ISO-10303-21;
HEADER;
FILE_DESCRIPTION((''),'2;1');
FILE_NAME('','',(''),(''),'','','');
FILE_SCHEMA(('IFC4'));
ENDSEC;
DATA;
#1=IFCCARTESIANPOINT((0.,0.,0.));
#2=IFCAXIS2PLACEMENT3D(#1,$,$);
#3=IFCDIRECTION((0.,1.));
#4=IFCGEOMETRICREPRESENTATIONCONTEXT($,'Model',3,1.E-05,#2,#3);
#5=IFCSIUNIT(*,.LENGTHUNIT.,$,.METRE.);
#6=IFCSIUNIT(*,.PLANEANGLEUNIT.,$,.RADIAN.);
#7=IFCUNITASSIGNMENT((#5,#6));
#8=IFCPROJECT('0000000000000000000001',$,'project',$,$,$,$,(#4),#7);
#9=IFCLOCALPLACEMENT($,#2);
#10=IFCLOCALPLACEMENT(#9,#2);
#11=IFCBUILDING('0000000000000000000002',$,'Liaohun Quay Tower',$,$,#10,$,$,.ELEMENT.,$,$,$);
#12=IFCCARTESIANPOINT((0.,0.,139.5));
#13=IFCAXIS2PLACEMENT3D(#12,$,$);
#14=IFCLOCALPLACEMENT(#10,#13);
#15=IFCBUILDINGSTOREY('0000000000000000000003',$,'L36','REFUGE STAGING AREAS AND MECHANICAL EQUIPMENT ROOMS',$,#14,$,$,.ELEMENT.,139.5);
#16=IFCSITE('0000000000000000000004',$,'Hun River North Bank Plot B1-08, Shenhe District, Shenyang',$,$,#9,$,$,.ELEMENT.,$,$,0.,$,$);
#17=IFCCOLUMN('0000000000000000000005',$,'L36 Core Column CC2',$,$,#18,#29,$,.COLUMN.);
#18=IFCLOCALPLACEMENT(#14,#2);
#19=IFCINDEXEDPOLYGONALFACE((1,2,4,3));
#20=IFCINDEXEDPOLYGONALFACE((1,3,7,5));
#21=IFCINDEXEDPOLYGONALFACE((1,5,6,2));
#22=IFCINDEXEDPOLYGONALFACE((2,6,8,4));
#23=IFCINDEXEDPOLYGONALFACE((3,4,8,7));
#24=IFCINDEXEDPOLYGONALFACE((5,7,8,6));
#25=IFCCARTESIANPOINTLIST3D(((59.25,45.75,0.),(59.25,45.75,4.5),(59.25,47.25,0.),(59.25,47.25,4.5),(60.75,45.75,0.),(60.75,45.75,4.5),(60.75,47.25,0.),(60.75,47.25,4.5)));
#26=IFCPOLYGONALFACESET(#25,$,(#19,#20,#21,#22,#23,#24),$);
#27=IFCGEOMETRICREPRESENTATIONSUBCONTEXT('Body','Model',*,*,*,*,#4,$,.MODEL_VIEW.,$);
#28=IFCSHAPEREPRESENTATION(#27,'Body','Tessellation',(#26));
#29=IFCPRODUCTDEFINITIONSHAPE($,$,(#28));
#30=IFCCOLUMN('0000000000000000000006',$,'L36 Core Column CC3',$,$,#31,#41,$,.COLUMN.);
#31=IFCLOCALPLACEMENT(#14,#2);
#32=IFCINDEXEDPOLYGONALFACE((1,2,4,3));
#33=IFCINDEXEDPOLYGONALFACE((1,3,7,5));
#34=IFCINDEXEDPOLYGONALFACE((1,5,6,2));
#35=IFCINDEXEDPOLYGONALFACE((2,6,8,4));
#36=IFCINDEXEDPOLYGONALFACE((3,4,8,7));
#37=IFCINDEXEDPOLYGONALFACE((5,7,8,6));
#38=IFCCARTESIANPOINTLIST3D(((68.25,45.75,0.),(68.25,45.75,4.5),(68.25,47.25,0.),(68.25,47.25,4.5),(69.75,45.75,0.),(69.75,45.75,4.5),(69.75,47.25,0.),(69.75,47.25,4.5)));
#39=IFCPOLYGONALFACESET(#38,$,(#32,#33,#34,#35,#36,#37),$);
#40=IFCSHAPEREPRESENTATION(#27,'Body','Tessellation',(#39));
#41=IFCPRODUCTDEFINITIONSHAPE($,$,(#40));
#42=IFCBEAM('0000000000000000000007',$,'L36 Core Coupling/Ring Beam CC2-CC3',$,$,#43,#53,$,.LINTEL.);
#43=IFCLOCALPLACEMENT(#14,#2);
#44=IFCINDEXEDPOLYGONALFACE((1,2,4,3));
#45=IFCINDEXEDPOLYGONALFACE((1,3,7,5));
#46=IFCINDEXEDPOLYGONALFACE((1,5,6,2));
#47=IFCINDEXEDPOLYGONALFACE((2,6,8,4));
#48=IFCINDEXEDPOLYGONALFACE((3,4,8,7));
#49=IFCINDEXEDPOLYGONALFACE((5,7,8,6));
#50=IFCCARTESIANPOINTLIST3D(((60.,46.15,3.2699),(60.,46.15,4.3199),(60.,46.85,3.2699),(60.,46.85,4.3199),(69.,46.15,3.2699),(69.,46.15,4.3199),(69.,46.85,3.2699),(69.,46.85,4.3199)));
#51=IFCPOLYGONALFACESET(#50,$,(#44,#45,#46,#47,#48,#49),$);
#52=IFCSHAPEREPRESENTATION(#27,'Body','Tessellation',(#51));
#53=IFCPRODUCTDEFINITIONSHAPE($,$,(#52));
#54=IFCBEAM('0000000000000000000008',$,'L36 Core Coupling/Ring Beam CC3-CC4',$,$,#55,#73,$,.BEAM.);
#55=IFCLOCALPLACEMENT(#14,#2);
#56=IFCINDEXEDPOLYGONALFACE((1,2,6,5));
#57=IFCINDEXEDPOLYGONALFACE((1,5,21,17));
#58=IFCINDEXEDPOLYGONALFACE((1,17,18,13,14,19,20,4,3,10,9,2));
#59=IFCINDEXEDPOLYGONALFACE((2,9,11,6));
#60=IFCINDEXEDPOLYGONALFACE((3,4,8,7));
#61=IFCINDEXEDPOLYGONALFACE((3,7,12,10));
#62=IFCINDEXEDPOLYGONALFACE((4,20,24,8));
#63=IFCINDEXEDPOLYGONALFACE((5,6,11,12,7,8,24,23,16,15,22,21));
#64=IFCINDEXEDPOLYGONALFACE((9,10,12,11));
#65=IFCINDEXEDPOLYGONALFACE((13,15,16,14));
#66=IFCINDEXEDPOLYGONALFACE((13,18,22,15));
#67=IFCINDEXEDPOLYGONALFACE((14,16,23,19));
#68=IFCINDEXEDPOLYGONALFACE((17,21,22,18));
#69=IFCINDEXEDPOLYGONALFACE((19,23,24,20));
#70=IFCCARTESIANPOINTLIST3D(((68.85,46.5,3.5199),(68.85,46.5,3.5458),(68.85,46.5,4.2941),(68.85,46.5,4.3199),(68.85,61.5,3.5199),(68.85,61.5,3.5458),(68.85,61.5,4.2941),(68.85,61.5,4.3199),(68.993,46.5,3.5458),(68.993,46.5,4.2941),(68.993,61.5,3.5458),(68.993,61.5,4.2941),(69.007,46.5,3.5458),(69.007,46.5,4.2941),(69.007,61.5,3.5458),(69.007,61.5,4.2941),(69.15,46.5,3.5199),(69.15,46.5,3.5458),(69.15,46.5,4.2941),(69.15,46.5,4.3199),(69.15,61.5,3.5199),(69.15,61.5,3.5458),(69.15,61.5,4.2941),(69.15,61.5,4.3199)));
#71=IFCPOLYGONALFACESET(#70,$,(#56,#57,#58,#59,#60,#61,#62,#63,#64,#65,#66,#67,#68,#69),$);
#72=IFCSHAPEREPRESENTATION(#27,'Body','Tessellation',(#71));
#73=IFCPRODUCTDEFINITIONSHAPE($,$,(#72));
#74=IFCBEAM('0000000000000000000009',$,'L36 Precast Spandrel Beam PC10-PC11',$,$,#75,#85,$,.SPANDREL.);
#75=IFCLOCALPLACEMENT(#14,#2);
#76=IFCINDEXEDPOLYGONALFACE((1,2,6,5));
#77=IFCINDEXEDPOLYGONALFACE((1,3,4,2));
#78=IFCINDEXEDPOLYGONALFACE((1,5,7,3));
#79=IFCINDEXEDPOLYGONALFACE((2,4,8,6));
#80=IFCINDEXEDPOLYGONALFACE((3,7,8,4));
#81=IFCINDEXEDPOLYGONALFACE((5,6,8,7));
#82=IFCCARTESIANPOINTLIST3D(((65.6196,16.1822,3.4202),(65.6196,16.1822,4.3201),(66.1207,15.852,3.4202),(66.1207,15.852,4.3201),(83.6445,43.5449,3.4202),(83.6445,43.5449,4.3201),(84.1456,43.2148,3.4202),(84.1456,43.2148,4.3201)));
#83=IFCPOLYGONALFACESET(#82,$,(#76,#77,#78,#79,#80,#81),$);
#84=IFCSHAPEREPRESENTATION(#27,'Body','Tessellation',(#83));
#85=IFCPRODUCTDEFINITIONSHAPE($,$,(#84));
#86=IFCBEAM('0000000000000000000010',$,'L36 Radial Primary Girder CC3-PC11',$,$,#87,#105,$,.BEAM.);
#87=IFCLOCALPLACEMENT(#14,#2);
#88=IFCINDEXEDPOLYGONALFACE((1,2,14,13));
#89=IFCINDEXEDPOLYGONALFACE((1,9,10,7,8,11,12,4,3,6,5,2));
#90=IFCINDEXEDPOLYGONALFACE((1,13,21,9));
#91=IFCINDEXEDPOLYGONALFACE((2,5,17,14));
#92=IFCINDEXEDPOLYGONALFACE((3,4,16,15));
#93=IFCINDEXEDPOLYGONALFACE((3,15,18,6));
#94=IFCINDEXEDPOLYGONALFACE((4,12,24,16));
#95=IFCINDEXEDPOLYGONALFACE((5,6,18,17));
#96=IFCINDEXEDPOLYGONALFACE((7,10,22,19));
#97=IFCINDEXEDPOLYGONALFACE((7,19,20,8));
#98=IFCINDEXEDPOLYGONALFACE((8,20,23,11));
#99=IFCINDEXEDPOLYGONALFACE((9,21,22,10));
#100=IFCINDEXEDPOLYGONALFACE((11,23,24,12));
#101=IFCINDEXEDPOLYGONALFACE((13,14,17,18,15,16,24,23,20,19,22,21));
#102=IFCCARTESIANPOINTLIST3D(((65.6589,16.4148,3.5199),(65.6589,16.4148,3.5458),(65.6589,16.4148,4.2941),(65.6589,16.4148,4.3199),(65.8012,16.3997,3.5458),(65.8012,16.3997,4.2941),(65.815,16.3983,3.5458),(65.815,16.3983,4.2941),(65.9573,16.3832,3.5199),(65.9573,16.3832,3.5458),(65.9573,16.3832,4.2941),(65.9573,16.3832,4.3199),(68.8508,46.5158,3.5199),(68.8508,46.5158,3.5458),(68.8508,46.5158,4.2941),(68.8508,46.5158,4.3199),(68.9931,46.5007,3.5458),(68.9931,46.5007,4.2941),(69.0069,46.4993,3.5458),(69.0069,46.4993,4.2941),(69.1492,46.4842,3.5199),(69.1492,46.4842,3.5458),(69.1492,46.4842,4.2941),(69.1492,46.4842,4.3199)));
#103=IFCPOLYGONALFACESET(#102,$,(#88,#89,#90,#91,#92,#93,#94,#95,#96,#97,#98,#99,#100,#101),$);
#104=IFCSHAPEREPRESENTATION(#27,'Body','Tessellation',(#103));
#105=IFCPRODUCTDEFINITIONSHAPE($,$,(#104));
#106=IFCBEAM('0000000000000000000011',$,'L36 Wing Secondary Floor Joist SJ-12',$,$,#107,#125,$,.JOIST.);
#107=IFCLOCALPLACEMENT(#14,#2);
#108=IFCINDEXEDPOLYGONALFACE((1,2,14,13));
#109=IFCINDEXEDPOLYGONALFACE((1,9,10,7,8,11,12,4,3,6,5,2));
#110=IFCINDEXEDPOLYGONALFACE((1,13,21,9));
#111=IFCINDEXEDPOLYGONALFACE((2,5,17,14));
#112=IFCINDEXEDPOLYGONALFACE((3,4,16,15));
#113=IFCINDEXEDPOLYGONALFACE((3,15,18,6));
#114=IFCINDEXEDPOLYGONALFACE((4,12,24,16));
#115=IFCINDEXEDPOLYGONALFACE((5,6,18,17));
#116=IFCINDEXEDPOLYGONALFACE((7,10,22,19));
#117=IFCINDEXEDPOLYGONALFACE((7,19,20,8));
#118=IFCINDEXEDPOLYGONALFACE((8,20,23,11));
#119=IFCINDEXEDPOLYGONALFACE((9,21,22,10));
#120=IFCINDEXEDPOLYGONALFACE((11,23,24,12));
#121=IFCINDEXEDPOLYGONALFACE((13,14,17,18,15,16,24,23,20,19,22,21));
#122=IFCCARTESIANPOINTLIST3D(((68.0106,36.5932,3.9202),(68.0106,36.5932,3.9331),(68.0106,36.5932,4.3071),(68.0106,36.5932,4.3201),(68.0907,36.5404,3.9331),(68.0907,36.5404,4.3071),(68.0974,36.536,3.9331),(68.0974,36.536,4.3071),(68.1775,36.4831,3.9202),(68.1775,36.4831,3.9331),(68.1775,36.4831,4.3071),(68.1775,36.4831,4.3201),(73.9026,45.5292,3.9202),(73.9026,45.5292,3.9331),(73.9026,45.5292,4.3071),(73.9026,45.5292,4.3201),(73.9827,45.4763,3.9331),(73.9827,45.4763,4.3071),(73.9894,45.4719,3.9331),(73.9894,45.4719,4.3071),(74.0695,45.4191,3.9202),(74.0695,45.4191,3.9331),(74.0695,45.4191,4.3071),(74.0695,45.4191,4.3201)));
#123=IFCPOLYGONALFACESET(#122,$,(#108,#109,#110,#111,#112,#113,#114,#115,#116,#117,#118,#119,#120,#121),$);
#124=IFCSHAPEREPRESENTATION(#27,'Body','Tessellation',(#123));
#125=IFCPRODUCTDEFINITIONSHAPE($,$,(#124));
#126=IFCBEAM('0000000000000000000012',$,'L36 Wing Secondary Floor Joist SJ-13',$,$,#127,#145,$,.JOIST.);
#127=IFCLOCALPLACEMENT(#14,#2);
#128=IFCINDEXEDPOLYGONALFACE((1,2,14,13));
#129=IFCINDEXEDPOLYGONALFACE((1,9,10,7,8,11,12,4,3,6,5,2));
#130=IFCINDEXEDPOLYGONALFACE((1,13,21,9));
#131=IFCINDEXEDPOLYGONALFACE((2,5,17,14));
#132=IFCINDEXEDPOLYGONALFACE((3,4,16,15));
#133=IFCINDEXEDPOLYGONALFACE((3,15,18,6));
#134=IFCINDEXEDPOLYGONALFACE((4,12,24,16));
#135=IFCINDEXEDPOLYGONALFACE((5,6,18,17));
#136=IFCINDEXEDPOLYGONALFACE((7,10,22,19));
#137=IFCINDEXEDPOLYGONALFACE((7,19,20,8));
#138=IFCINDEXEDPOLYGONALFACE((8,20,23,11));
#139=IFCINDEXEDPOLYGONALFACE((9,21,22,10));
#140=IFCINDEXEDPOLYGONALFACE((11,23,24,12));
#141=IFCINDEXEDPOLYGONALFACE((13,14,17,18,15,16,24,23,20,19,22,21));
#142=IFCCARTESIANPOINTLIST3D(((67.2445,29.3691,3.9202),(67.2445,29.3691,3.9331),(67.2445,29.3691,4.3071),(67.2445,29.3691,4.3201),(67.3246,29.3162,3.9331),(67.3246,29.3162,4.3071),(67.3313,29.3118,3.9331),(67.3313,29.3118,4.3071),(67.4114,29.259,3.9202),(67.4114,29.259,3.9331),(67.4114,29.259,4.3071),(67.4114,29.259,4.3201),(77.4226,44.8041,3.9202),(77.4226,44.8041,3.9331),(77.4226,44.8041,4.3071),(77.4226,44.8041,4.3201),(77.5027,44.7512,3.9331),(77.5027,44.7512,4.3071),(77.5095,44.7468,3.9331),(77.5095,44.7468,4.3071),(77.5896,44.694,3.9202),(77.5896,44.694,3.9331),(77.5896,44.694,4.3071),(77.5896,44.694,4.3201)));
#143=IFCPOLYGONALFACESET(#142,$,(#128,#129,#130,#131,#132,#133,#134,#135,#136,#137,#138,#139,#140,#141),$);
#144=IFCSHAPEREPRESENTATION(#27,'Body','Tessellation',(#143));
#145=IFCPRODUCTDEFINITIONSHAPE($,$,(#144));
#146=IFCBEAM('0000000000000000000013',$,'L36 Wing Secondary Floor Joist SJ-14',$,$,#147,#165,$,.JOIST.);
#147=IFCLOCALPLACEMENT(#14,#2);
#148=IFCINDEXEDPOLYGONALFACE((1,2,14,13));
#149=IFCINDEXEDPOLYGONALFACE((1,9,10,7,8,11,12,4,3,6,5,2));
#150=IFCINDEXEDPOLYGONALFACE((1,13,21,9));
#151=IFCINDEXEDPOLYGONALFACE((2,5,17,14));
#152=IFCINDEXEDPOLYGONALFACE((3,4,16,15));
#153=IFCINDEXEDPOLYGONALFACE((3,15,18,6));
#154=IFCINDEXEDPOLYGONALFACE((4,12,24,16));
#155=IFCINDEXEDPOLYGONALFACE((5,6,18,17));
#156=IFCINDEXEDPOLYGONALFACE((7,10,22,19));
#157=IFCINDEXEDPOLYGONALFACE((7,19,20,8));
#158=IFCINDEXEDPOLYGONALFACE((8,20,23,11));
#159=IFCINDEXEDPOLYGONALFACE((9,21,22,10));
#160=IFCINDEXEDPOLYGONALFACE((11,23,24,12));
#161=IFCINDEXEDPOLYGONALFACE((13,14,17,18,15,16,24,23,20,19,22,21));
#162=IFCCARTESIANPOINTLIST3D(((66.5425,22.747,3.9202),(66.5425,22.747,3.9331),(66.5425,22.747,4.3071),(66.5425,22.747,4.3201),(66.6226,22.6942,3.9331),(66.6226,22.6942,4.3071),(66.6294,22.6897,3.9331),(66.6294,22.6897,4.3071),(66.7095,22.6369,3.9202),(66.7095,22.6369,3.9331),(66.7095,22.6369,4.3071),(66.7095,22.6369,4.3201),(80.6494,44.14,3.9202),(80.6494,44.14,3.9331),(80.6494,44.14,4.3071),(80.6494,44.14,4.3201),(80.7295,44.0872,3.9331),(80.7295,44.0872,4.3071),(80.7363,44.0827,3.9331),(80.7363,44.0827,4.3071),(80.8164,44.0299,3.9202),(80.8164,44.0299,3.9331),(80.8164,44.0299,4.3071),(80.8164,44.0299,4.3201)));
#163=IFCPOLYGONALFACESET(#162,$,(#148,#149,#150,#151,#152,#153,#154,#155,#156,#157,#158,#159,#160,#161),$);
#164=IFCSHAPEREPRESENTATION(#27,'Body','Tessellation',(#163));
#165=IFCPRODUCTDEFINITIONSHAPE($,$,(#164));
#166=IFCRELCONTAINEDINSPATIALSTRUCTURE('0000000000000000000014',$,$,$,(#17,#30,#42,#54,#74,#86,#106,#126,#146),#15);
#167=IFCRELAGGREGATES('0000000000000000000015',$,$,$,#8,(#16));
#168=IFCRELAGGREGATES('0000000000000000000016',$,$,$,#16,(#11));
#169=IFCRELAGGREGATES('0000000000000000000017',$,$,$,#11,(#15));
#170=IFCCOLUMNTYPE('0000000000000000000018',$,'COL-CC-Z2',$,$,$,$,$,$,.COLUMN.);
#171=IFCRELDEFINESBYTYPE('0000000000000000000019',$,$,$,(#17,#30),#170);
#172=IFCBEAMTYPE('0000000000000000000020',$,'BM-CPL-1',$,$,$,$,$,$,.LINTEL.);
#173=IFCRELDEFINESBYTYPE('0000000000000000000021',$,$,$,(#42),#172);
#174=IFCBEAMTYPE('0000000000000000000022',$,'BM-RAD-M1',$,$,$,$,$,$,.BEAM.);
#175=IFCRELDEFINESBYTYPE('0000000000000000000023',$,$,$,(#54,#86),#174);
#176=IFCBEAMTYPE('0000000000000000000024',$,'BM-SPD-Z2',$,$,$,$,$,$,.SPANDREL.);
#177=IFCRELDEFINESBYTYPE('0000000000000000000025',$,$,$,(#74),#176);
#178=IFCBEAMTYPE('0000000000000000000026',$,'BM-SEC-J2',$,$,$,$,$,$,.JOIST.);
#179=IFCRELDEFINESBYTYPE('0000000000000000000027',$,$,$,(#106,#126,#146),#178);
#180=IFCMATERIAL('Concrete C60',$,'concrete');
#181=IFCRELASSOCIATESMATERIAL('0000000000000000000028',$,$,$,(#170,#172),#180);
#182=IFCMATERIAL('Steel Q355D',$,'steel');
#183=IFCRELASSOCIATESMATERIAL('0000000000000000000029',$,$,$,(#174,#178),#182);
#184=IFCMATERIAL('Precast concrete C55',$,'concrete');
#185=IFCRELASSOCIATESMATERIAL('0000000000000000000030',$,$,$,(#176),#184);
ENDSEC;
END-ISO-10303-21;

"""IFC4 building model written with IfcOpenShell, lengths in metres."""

from ifc_helpers import new_model, si_unit, direction, frame, origin, origin_2d, place, context, subcontext, project, spatial, rectangle, i_section, extrude, source, transform, mapped, material, material_profile, profile_set, type_object, element, save


model = new_model("IFC4")

# Units and contexts
model_context = context("Model", 3, precision=1e-05, world=origin(), true_north=direction((0.0, 1.0)))
body_context = subcontext(model_context, "Body", "Model", "MODEL_VIEW")
ifc_project = project(units=[si_unit("LENGTHUNIT", "METRE"), si_unit("PLANEANGLEUNIT", "RADIAN")], contexts=[model_context])

# Site, building, storey
site_placement = place(None, origin())
site = spatial("IfcSite", under=ifc_project, at=site_placement, Name="Hun River North Bank Plot B1-08, Shenhe District, Shenyang", CompositionType="ELEMENT", RefElevation=0.0)
building_placement = place(site_placement, origin())
building = spatial("IfcBuilding", under=site, at=building_placement, Name="Liaohun Quay Tower", CompositionType="ELEMENT")
storey_placement = place(building_placement, frame((0.0, 0.0, 139.5)))
storey = spatial("IfcBuildingStorey", under=building, at=storey_placement, Name="L36", Description="REFUGE STAGING AREAS AND MECHANICAL EQUIPMENT ROOMS", CompositionType="ELEMENT", Elevation=139.5)

# Columns
ifc_material_1 = material(Name="Concrete C60", Category="concrete")
ifc_material_profile_1 = material_profile(ifc_material_1, rectangle(XDim=1.5, YDim=1.5, at=origin_2d()), Name="RC1500x1500")
ifc_profile_set_1 = profile_set([ifc_material_profile_1], Name="Concrete C60")
column_type = type_object("IfcColumnType", Name="COL-CC-Z2", PredefinedType="COLUMN", material=ifc_profile_set_1)
shared_shape_1 = source(origin(), body_context, "Body", "SweptSolid", [
    extrude(rectangle(XDim=1.5, YDim=1.5, at=origin_2d()), origin(), (0.0, 0.0, 1.0), 4.5),
])
for number, where, z_axis, x_axis, name in (
    (1, (60.0, 46.5, 0.0), (0.0, 0.0, 1.0), (1.0, 0.0, 0.0), "L36 Core Column CC2"),
    (2, (69.0, 46.5, 0.0), (0.0, 0.0, 1.0), (1.0, 0.0, 0.0), "L36 Core Column CC3"),
):
    element("IfcColumn", number, at=place(storey_placement, frame(where, z_axis=z_axis, x_axis=x_axis)), inside=storey, type_object=column_type, Name=name, PredefinedType="COLUMN", context=body_context, shape_type="MappedRepresentation", body=[
        mapped(shared_shape_1, transform((0.0, 0.0, 0.0), x_axis=(1.0, 0.0, 0.0), y_axis=(0.0, 1.0, 0.0), z_axis=(0.0, 0.0, 1.0), scale=1.0)),
    ])

# Beams
ifc_material_profile_2 = material_profile(ifc_material_1, rectangle(XDim=0.7, YDim=1.05, at=origin_2d()), Name="RC700x1050")
ifc_profile_set_2 = profile_set([ifc_material_profile_2], Name="Concrete C60")
beam_type_1 = type_object("IfcBeamType", Name="BM-CPL-1", PredefinedType="LINTEL", material=ifc_profile_set_2)
shared_shape_2 = source(origin(), body_context, "Body", "SweptSolid", [
    extrude(rectangle(XDim=0.7, YDim=1.05, at=origin_2d()), origin(), (0.0, 0.0, 1.0), 9.0),
])
beam_1_placement = place(storey_placement, frame((60.0, 46.5, 3.7949), z_axis=(1.0, 0.0, 0.0), x_axis=(0.0, 1.0, 0.0)))
element("IfcBeam", 3, at=beam_1_placement, inside=storey, type_object=beam_type_1, Name="L36 Core Coupling/Ring Beam CC2-CC3", PredefinedType="LINTEL", context=body_context, shape_type="MappedRepresentation", body=[
    mapped(shared_shape_2, transform((0.0, 0.0, 0.0), x_axis=(1.0, 0.0, 0.0), y_axis=(0.0, 1.0, 0.0), z_axis=(0.0, 0.0, 1.0), scale=1.0)),
])
ifc_material_2 = material(Name="Steel Q355D", Category="steel")
ifc_material_profile_3 = material_profile(ifc_material_2, i_section(OverallWidth=0.3, OverallDepth=0.8, WebThickness=0.0139, FlangeThickness=0.0259, at=origin_2d()), Name="HN800x300x14x26")
ifc_profile_set_3 = profile_set([ifc_material_profile_3], Name="Steel Q355D")
beam_type_2 = type_object("IfcBeamType", Name="BM-RAD-M1", PredefinedType="BEAM", material=ifc_profile_set_3)
shared_shape_3 = source(origin(), body_context, "Body", "SweptSolid", [
    extrude(i_section(OverallWidth=0.3, OverallDepth=0.8, WebThickness=0.0139, FlangeThickness=0.0259, at=origin_2d()), origin(), (0.0, 0.0, 1.0), 15.0),
])
beam_2_placement = place(storey_placement, frame((69.0, 46.5, 3.9199), z_axis=(0.0, 1.0, 0.0), x_axis=(-1.0, 0.0, 0.0)))
element("IfcBeam", 4, at=beam_2_placement, inside=storey, type_object=beam_type_2, Name="L36 Core Coupling/Ring Beam CC3-CC4", PredefinedType="BEAM", context=body_context, shape_type="MappedRepresentation", body=[
    mapped(shared_shape_3, transform((0.0, 0.0, 0.0), x_axis=(1.0, 0.0, 0.0), y_axis=(0.0, 1.0, 0.0), z_axis=(0.0, 0.0, 1.0), scale=1.0)),
])
ifc_material_3 = material(Name="Precast concrete C55", Category="concrete")
ifc_material_profile_4 = material_profile(ifc_material_3, rectangle(XDim=0.6001, YDim=0.8999, at=origin_2d()), Name="RC600x900")
ifc_profile_set_4 = profile_set([ifc_material_profile_4], Name="Precast concrete C55")
beam_type_3 = type_object("IfcBeamType", Name="BM-SPD-Z2", PredefinedType="SPANDREL", material=ifc_profile_set_4)
shared_shape_4 = source(origin(), body_context, "Body", "SweptSolid", [
    extrude(rectangle(XDim=0.6001, YDim=0.8999, at=origin_2d()), origin(), (0.0, 0.0, 1.0), 32.7661),
])
beam_3_placement = place(storey_placement, frame((83.895, 43.3799, 3.8701), z_axis=(-0.550108, -0.835094, 0.0), x_axis=(0.835094, -0.550108, 0.0)))
element("IfcBeam", 5, at=beam_3_placement, inside=storey, type_object=beam_type_3, Name="L36 Precast Spandrel Beam PC10-PC11", PredefinedType="SPANDREL", context=body_context, shape_type="MappedRepresentation", body=[
    mapped(shared_shape_4, transform((0.0, 0.0, 0.0), x_axis=(1.0, 0.0, 0.0), y_axis=(0.0, 1.0, 0.0), z_axis=(0.0, 0.0, 1.0), scale=1.0)),
])
shared_shape_5 = source(origin(), body_context, "Body", "SweptSolid", [
    extrude(i_section(OverallWidth=0.3, OverallDepth=0.8, WebThickness=0.0139, FlangeThickness=0.0259, at=origin_2d()), origin(), (0.0, 0.0, 1.0), 30.2698),
])
beam_4_placement = place(storey_placement, frame((69.0, 46.5, 3.9199), z_axis=(-0.105448, -0.994425, 0.0), x_axis=(0.994425, -0.105448, 0.0)))
element("IfcBeam", 6, at=beam_4_placement, inside=storey, type_object=beam_type_2, Name="L36 Radial Primary Girder CC3-PC11", PredefinedType="BEAM", context=body_context, shape_type="MappedRepresentation", body=[
    mapped(shared_shape_5, transform((0.0, 0.0, 0.0), x_axis=(1.0, 0.0, 0.0), y_axis=(0.0, 1.0, 0.0), z_axis=(0.0, 0.0, 1.0), scale=1.0)),
])
ifc_material_profile_5 = material_profile(ifc_material_2, i_section(OverallWidth=0.2, OverallDepth=0.3999, WebThickness=0.0081, FlangeThickness=0.0129, at=origin_2d()), Name="HN400x200x8x13")
ifc_profile_set_5 = profile_set([ifc_material_profile_5], Name="Steel Q355D")
beam_type_4 = type_object("IfcBeamType", Name="BM-SEC-J2", PredefinedType="JOIST", material=ifc_profile_set_5)
shared_shape_6 = source(origin(), body_context, "Body", "SweptSolid", [
    extrude(i_section(OverallWidth=0.2, OverallDepth=0.3999, WebThickness=0.0081, FlangeThickness=0.0129, at=origin_2d()), origin(), (0.0, 0.0, 1.0), 10.7036),
])
beam_5_placement = place(storey_placement, frame((73.9861, 45.4741, 4.1201), z_axis=(-0.550472, -0.834854, 0.0), x_axis=(0.834854, -0.550472, 0.0)))
element("IfcBeam", 7, at=beam_5_placement, inside=storey, type_object=beam_type_4, Name="L36 Wing Secondary Floor Joist SJ-12", PredefinedType="JOIST", context=body_context, shape_type="MappedRepresentation", body=[
    mapped(shared_shape_6, transform((0.0, 0.0, 0.0), x_axis=(1.0, 0.0, 0.0), y_axis=(0.0, 1.0, 0.0), z_axis=(0.0, 0.0, 1.0), scale=1.0)),
])
shared_shape_7 = source(origin(), body_context, "Body", "SweptSolid", [
    extrude(i_section(OverallWidth=0.2, OverallDepth=0.3999, WebThickness=0.0081, FlangeThickness=0.0129, at=origin_2d()), origin(), (0.0, 0.0, 1.0), 18.4888),
])
beam_6_placement = place(storey_placement, frame((77.5061, 44.749, 4.1201), z_axis=(-0.550506, -0.834831, 0.0), x_axis=(0.834831, -0.550506, 0.0)))
element("IfcBeam", 8, at=beam_6_placement, inside=storey, type_object=beam_type_4, Name="L36 Wing Secondary Floor Joist SJ-13", PredefinedType="JOIST", context=body_context, shape_type="MappedRepresentation", body=[
    mapped(shared_shape_7, transform((0.0, 0.0, 0.0), x_axis=(1.0, 0.0, 0.0), y_axis=(0.0, 1.0, 0.0), z_axis=(0.0, 0.0, 1.0), scale=1.0)),
])
shared_shape_8 = source(origin(), body_context, "Body", "SweptSolid", [
    extrude(i_section(OverallWidth=0.2, OverallDepth=0.3999, WebThickness=0.0081, FlangeThickness=0.0129, at=origin_2d()), origin(), (0.0, 0.0, 1.0), 25.6255),
])
beam_7_placement = place(storey_placement, frame((80.7329, 44.085, 4.1201), z_axis=(-0.550503, -0.834833, 0.0), x_axis=(0.834833, -0.550503, 0.0)))
element("IfcBeam", 9, at=beam_7_placement, inside=storey, type_object=beam_type_4, Name="L36 Wing Secondary Floor Joist SJ-14", PredefinedType="JOIST", context=body_context, shape_type="MappedRepresentation", body=[
    mapped(shared_shape_8, transform((0.0, 0.0, 0.0), x_axis=(1.0, 0.0, 0.0), y_axis=(0.0, 1.0, 0.0), z_axis=(0.0, 0.0, 1.0), scale=1.0)),
])

save(model, "model.ifc")
